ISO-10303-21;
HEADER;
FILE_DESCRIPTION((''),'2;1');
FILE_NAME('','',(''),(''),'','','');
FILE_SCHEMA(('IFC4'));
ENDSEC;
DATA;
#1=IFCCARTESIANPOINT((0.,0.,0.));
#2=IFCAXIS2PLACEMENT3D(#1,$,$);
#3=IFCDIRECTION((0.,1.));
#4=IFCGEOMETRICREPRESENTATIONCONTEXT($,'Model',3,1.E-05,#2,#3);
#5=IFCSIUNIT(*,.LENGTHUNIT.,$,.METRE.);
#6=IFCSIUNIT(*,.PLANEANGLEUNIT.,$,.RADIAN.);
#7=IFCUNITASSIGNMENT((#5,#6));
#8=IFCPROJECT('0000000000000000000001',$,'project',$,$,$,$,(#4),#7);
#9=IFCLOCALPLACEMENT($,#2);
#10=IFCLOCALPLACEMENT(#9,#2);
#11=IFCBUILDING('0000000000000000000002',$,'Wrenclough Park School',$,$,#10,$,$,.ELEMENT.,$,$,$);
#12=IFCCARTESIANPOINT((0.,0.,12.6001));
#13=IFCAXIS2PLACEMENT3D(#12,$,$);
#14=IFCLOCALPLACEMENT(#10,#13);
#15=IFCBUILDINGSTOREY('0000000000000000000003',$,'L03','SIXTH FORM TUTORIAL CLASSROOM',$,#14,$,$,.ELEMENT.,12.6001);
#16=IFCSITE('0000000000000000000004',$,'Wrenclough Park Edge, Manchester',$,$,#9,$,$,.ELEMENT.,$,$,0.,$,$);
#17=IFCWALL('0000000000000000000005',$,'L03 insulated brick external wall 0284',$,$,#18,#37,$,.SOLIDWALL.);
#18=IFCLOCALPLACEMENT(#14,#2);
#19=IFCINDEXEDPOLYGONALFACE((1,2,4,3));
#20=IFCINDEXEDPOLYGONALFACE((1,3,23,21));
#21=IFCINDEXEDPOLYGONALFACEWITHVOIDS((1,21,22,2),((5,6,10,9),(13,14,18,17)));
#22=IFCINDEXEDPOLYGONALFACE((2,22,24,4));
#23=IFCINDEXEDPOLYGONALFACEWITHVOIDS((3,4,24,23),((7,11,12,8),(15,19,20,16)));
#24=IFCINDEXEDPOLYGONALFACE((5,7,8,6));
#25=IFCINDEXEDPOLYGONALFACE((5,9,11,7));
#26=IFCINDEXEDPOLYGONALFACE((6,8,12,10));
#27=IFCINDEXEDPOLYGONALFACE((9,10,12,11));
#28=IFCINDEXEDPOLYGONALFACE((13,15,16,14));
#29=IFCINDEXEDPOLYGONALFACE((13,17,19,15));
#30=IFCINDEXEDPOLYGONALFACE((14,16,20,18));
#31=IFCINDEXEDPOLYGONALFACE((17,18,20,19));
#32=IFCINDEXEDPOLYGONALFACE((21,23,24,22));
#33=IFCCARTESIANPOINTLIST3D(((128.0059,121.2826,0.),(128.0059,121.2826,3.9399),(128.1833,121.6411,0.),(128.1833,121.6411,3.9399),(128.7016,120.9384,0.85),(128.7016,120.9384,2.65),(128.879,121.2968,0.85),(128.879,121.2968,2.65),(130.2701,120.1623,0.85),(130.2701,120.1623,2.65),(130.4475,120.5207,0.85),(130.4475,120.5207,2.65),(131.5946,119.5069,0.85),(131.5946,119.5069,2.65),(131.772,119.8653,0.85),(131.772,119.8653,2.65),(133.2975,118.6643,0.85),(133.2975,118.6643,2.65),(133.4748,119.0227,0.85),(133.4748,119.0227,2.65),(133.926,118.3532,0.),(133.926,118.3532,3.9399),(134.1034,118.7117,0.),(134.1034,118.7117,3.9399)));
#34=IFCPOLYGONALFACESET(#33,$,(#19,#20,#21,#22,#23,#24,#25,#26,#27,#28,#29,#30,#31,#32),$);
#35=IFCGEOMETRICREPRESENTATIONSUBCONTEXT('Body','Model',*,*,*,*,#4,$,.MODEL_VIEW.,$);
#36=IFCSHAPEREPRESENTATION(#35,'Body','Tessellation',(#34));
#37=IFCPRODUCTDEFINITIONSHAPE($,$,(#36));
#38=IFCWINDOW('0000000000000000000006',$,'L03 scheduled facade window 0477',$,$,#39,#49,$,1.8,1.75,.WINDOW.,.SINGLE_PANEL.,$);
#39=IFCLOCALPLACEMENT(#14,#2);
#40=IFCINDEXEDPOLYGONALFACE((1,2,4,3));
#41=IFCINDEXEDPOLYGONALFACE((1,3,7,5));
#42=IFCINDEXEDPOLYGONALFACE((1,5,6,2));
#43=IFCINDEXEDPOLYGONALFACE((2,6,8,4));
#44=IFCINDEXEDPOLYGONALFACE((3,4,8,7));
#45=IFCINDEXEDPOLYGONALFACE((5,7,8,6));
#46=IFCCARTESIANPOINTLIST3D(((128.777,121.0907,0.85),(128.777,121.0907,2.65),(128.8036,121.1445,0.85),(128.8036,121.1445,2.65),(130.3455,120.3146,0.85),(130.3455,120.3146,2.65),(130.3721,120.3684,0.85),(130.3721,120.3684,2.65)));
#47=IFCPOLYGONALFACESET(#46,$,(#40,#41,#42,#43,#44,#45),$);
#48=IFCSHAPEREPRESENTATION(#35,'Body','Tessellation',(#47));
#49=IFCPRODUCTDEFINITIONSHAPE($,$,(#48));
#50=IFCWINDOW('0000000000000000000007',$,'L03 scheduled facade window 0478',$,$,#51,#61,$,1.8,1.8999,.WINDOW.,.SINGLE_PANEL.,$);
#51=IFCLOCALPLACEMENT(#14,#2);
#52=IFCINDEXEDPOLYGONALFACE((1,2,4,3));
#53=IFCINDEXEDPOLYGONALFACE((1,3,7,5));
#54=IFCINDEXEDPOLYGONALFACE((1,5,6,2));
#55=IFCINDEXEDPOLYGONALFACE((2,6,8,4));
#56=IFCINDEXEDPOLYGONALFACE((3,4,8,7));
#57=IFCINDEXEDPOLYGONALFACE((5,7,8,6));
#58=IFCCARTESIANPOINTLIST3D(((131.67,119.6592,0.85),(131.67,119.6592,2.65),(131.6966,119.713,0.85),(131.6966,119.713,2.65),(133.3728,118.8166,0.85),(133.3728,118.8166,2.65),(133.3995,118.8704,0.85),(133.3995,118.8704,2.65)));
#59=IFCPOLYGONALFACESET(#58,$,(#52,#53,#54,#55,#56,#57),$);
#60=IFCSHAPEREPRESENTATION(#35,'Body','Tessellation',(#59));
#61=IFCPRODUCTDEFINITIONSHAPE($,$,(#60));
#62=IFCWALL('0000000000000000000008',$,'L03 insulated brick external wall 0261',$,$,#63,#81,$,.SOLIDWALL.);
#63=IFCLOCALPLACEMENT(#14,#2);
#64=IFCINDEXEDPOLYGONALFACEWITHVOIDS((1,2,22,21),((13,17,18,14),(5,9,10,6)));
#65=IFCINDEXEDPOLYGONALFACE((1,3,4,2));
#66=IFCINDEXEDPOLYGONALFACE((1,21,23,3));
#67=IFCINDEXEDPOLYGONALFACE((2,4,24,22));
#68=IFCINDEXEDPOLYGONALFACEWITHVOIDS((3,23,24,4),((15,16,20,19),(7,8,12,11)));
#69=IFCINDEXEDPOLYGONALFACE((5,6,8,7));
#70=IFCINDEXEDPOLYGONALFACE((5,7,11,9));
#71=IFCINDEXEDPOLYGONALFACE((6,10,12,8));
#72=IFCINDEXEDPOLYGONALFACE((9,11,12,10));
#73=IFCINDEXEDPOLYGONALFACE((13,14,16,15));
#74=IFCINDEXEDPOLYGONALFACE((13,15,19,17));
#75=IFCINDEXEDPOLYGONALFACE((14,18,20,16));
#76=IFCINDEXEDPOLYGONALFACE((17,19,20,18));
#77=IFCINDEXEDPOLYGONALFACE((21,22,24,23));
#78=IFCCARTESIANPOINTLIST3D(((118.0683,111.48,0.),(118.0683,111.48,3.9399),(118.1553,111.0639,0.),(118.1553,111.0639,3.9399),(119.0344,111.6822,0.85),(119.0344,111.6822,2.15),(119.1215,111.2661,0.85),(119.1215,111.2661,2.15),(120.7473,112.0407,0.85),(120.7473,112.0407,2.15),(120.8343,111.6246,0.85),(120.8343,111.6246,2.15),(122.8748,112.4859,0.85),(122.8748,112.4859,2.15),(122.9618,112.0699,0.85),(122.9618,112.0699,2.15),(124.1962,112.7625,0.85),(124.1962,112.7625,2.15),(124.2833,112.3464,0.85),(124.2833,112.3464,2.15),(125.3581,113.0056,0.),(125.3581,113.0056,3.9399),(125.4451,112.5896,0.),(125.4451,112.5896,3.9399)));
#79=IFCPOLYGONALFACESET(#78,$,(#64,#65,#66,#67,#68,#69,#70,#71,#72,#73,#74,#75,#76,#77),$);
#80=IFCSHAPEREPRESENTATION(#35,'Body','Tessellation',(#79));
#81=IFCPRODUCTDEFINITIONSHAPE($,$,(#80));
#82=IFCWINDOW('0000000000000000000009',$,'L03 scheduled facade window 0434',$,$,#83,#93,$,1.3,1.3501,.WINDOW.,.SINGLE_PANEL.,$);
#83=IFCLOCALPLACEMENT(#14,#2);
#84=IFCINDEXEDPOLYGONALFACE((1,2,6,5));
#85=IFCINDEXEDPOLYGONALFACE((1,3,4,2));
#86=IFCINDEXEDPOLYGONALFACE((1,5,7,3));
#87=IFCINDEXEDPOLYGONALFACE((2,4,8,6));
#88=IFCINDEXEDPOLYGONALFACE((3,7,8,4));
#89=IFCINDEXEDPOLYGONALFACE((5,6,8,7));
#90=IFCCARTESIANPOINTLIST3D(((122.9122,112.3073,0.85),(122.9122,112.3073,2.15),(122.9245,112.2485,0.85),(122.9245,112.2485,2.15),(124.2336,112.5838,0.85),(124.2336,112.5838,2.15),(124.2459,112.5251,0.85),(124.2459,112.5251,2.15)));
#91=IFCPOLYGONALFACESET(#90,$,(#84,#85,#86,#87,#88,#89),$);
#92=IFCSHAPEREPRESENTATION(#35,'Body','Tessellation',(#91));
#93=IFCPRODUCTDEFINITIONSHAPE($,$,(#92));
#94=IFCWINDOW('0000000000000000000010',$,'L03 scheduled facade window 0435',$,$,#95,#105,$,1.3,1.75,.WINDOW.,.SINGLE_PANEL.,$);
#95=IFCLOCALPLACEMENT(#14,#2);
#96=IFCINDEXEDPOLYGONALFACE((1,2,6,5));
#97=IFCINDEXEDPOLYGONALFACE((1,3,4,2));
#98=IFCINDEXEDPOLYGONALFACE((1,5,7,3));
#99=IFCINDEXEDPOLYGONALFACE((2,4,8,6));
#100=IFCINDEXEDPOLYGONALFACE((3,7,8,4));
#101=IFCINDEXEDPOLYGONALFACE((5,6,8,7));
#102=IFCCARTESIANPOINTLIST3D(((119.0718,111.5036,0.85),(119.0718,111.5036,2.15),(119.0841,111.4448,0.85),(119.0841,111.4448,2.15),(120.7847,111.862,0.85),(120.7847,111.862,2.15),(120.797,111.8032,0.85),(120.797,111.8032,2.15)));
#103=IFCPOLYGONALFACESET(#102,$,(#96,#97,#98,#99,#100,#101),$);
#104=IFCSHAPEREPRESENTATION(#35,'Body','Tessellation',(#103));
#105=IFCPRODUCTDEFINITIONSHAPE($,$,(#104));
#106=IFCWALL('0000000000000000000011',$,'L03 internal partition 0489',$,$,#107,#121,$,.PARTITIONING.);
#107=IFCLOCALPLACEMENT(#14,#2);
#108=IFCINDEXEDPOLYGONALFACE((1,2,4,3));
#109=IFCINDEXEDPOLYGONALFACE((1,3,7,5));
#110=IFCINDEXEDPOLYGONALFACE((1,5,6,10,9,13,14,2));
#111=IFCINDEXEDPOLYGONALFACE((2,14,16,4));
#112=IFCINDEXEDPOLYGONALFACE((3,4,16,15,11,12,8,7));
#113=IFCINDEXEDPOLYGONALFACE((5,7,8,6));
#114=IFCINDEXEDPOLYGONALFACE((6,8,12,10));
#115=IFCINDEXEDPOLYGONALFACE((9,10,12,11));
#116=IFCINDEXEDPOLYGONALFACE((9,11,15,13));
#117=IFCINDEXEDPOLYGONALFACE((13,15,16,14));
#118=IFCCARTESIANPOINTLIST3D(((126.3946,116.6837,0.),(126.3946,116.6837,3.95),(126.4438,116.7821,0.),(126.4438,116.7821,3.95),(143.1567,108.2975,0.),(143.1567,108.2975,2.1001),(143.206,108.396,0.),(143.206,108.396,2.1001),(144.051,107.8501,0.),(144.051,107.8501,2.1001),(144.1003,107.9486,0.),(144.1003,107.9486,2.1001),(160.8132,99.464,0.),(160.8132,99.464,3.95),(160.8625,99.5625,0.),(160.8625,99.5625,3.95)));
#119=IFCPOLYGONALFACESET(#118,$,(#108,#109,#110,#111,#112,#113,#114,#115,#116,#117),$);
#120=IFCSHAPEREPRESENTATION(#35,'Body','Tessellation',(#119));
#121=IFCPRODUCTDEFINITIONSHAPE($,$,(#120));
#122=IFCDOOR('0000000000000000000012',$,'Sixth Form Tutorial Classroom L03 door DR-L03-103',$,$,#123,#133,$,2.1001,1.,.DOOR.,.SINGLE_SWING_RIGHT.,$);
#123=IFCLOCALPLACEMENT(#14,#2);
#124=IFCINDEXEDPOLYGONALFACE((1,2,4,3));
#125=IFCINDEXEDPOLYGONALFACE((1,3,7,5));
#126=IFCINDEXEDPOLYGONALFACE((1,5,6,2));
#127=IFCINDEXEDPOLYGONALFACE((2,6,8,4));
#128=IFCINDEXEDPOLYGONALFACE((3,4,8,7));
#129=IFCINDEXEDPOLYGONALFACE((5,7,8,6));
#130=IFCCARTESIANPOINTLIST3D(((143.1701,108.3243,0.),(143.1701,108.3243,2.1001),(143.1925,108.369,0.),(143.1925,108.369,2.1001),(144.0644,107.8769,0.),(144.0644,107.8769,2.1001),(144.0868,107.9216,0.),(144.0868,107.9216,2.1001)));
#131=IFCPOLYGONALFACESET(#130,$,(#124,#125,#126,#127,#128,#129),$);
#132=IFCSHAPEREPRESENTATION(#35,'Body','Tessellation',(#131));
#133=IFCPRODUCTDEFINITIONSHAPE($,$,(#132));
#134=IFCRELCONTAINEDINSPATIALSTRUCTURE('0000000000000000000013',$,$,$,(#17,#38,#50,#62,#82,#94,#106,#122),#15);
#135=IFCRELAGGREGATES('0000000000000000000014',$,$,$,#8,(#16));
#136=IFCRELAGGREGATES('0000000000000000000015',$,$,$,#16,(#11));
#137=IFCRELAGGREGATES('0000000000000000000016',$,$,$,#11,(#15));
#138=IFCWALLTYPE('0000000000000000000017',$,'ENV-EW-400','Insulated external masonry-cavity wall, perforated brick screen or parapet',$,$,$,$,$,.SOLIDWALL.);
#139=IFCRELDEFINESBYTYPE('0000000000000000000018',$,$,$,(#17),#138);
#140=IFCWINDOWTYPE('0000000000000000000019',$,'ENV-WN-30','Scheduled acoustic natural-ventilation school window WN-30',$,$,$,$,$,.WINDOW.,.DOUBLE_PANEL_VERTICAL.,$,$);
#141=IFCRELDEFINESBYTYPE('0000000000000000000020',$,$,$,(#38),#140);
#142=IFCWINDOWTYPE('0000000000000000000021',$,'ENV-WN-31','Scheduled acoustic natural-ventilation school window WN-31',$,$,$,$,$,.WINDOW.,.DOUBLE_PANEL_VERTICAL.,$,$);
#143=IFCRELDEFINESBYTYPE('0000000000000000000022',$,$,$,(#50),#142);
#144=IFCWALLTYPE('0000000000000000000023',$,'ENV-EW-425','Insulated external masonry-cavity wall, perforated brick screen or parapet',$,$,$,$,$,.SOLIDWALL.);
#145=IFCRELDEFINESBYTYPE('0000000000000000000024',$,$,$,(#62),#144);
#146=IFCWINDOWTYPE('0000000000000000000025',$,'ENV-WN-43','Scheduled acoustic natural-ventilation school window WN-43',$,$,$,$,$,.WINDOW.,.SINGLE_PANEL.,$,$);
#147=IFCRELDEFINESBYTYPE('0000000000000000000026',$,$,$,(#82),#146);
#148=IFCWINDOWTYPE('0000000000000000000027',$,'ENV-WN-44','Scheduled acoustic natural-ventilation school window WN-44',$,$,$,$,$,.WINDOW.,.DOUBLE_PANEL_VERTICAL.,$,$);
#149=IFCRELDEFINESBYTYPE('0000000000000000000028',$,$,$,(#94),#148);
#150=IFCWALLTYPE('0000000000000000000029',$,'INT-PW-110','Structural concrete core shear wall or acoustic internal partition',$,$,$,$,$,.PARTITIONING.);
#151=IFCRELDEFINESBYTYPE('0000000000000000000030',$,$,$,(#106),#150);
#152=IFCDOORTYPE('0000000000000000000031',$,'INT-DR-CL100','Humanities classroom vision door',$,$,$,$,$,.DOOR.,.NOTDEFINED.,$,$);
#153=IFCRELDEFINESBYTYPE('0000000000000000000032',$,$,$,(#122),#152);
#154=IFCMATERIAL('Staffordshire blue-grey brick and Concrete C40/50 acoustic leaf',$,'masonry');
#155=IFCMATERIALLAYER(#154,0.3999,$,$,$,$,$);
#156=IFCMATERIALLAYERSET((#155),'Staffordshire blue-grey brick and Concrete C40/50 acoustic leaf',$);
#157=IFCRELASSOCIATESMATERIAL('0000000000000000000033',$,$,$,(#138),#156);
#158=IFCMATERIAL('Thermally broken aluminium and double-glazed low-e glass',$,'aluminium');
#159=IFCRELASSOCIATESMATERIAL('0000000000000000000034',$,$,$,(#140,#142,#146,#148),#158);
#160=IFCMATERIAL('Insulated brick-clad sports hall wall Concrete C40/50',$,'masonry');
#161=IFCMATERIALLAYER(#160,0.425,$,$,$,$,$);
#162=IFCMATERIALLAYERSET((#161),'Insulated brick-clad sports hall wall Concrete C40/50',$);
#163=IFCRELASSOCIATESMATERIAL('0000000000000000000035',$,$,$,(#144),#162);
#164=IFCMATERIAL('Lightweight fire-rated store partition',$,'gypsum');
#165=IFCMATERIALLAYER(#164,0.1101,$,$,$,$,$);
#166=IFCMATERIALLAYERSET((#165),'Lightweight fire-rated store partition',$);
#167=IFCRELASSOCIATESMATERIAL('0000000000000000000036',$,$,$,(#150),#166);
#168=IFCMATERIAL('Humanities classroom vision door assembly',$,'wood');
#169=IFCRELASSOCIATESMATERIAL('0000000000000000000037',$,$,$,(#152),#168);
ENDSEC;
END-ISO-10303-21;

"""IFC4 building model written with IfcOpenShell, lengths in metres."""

from ifc_helpers import new_model, si_unit, direction, frame, frame_2d, origin, place, context, subcontext, project, spatial, rectangle, extrude, material, layer, layer_set, type_object, element, fill, save


model = new_model("IFC4")

# Units and contexts
model_context = context("Model", 3, precision=1e-05, world=origin(), true_north=direction((0.0, 1.0)))
body_context = subcontext(model_context, "Body", "Model", "MODEL_VIEW")
ifc_project = project(units=[si_unit("LENGTHUNIT", "METRE"), si_unit("PLANEANGLEUNIT", "RADIAN")], contexts=[model_context])

# Site, building, storey
site_placement = place(None, origin())
site = spatial("IfcSite", under=ifc_project, at=site_placement, Name="Wrenclough Park Edge, Manchester", CompositionType="ELEMENT", RefElevation=0.0)
building_placement = place(site_placement, origin())
building = spatial("IfcBuilding", under=site, at=building_placement, Name="Wrenclough Park School", CompositionType="ELEMENT")
storey_placement = place(building_placement, frame((0.0, 0.0, 12.6001)))
storey = spatial("IfcBuildingStorey", under=building, at=storey_placement, Name="L03", Description="SIXTH FORM TUTORIAL CLASSROOM", CompositionType="ELEMENT", Elevation=12.6001)

# Shared definitions
ifc_material_1 = material(Name="Thermally broken aluminium and double-glazed low-e glass", Category="aluminium")

# Walls, openings, windows
ifc_material_2 = material(Name="Staffordshire blue-grey brick and Concrete C40/50 acoustic leaf", Category="masonry")
ifc_layer_1 = layer(ifc_material_2, 0.3999)
ifc_layer_set_1 = layer_set([ifc_layer_1], Name="Staffordshire blue-grey brick and Concrete C40/50 acoustic leaf")
wall_type_1 = type_object("IfcWallType", Name="ENV-EW-400", Description="Insulated external masonry-cavity wall, perforated brick screen or parapet", PredefinedType="SOLIDWALL", material=ifc_layer_set_1)
wall_1_placement = place(storey_placement, frame((128.0945, 121.4619, 0.0), z_axis=(0.0, 0.0, 1.0), x_axis=(0.896275, -0.443499, 0.0)))
wall_1 = element("IfcWall", 1, at=wall_1_placement, inside=storey, type_object=wall_type_1, Name="L03 insulated brick external wall 0284", PredefinedType="SOLIDWALL", context=body_context, shape_type="SweptSolid", body=[
    extrude(rectangle(XDim=6.6052, YDim=0.3999, at=frame_2d((3.3027, 0.0))), origin(), (0.0, 0.0, 1.0), 3.9399),
])
opening_1_placement = place(wall_1_placement, frame((0.7764, 0.0, 0.8501)))
opening_1 = element("IfcOpeningElement", 2, at=opening_1_placement, cuts=wall_1, PredefinedType="OPENING", context=body_context, shape_type="SweptSolid", body=[
    extrude(rectangle(XDim=1.75, YDim=1.8, at=frame_2d((0.875, 0.8999))), frame((0.0, 0.21, 0.0), z_axis=(0.0, -1.0, 0.0), x_axis=(1.0, 0.0, 0.0)), (0.0, 0.0, 1.0), 0.4199),
])
opening_2_placement = place(wall_1_placement, frame((4.0042, 0.0, 0.8501)))
opening_2 = element("IfcOpeningElement", 3, at=opening_2_placement, cuts=wall_1, PredefinedType="OPENING", context=body_context, shape_type="SweptSolid", body=[
    extrude(rectangle(XDim=1.8999, YDim=1.8, at=frame_2d((0.95, 0.8999))), frame((0.0, 0.21, 0.0), z_axis=(0.0, -1.0, 0.0), x_axis=(1.0, 0.0, 0.0)), (0.0, 0.0, 1.0), 0.4199),
])
window_type_1 = type_object("IfcWindowType", Name="ENV-WN-30", Description="Scheduled acoustic natural-ventilation school window WN-30", PartitioningType="DOUBLE_PANEL_VERTICAL", PredefinedType="WINDOW", material=ifc_material_1)
window_1_placement = place(opening_1_placement, origin())
window_1 = element("IfcWindow", 4, at=window_1_placement, inside=storey, type_object=window_type_1, Name="L03 scheduled facade window 0477", OverallHeight=1.8, OverallWidth=1.75, PartitioningType="SINGLE_PANEL", PredefinedType="WINDOW", context=body_context, shape_type="SweptSolid", body=[
    extrude(rectangle(XDim=1.75, YDim=1.8, at=frame_2d((0.875, 0.8999))), frame((0.0, 0.03, 0.0), z_axis=(0.0, -1.0, 0.0), x_axis=(1.0, 0.0, 0.0)), (0.0, 0.0, 1.0), 0.0601),
])
fill(opening_1, window_1)
window_type_2 = type_object("IfcWindowType", Name="ENV-WN-31", Description="Scheduled acoustic natural-ventilation school window WN-31", PartitioningType="DOUBLE_PANEL_VERTICAL", PredefinedType="WINDOW", material=ifc_material_1)
window_2_placement = place(opening_2_placement, origin())
window_2 = element("IfcWindow", 5, at=window_2_placement, inside=storey, type_object=window_type_2, Name="L03 scheduled facade window 0478", OverallHeight=1.8, OverallWidth=1.8999, PartitioningType="SINGLE_PANEL", PredefinedType="WINDOW", context=body_context, shape_type="SweptSolid", body=[
    extrude(rectangle(XDim=1.8999, YDim=1.8, at=frame_2d((0.95, 0.8999))), frame((0.0, 0.03, 0.0), z_axis=(0.0, -1.0, 0.0), x_axis=(1.0, 0.0, 0.0)), (0.0, 0.0, 1.0), 0.0601),
])
fill(opening_2, window_2)
ifc_material_3 = material(Name="Insulated brick-clad sports hall wall Concrete C40/50", Category="masonry")
ifc_layer_2 = layer(ifc_material_3, 0.425)
ifc_layer_set_2 = layer_set([ifc_layer_2], Name="Insulated brick-clad sports hall wall Concrete C40/50")
wall_type_2 = type_object("IfcWallType", Name="ENV-EW-425", Description="Insulated external masonry-cavity wall, perforated brick screen or parapet", PredefinedType="SOLIDWALL", material=ifc_layer_set_2)
wall_2_placement = place(storey_placement, frame((125.4016, 112.7976, 0.0), z_axis=(0.0, 0.0, 1.0), x_axis=(-0.978794, -0.204846, 0.0)))
wall_2 = element("IfcWall", 6, at=wall_2_placement, inside=storey, type_object=wall_type_2, Name="L03 insulated brick external wall 0261", PredefinedType="SOLIDWALL", context=body_context, shape_type="SweptSolid", body=[
    extrude(rectangle(XDim=7.4478, YDim=0.425, at=frame_2d((3.7239, 0.0))), origin(), (0.0, 0.0, 1.0), 3.9399),
])
opening_3_placement = place(wall_2_placement, frame((1.187, 0.0, 0.8501)))
opening_3 = element("IfcOpeningElement", 7, at=opening_3_placement, cuts=wall_2, PredefinedType="OPENING", context=body_context, shape_type="SweptSolid", body=[
    extrude(rectangle(XDim=1.3501, YDim=1.3, at=frame_2d((0.675, 0.6499))), frame((0.0, 0.2224, 0.0), z_axis=(0.0, -1.0, 0.0), x_axis=(1.0, 0.0, 0.0)), (0.0, 0.0, 1.0), 0.4451),
])
opening_4_placement = place(wall_2_placement, frame((4.7107, 0.0, 0.8501)))
opening_4 = element("IfcOpeningElement", 8, at=opening_4_placement, cuts=wall_2, PredefinedType="OPENING", context=body_context, shape_type="SweptSolid", body=[
    extrude(rectangle(XDim=1.75, YDim=1.3, at=frame_2d((0.875, 0.6499))), frame((0.0, 0.2224, 0.0), z_axis=(0.0, -1.0, 0.0), x_axis=(1.0, 0.0, 0.0)), (0.0, 0.0, 1.0), 0.4451),
])
window_type_3 = type_object("IfcWindowType", Name="ENV-WN-43", Description="Scheduled acoustic natural-ventilation school window WN-43", PartitioningType="SINGLE_PANEL", PredefinedType="WINDOW", material=ifc_material_1)
window_3_placement = place(opening_3_placement, origin())
window_3 = element("IfcWindow", 9, at=window_3_placement, inside=storey, type_object=window_type_3, Name="L03 scheduled facade window 0434", OverallHeight=1.3, OverallWidth=1.3501, PartitioningType="SINGLE_PANEL", PredefinedType="WINDOW", context=body_context, shape_type="SweptSolid", body=[
    extrude(rectangle(XDim=1.3501, YDim=1.3, at=frame_2d((0.675, 0.6499))), frame((0.0, 0.03, 0.0), z_axis=(0.0, -1.0, 0.0), x_axis=(1.0, 0.0, 0.0)), (0.0, 0.0, 1.0), 0.0601),
])
fill(opening_3, window_3)
window_type_4 = type_object("IfcWindowType", Name="ENV-WN-44", Description="Scheduled acoustic natural-ventilation school window WN-44", PartitioningType="DOUBLE_PANEL_VERTICAL", PredefinedType="WINDOW", material=ifc_material_1)
window_4_placement = place(opening_4_placement, origin())
window_4 = element("IfcWindow", 10, at=window_4_placement, inside=storey, type_object=window_type_4, Name="L03 scheduled facade window 0435", OverallHeight=1.3, OverallWidth=1.75, PartitioningType="SINGLE_PANEL", PredefinedType="WINDOW", context=body_context, shape_type="SweptSolid", body=[
    extrude(rectangle(XDim=1.75, YDim=1.3, at=frame_2d((0.875, 0.6499))), frame((0.0, 0.03, 0.0), z_axis=(0.0, -1.0, 0.0), x_axis=(1.0, 0.0, 0.0)), (0.0, 0.0, 1.0), 0.0601),
])
fill(opening_4, window_4)

# Wall, opening, door
ifc_material_4 = material(Name="Lightweight fire-rated store partition", Category="gypsum")
ifc_layer_3 = layer(ifc_material_4, 0.1101)
ifc_layer_set_3 = layer_set([ifc_layer_3], Name="Lightweight fire-rated store partition")
wall_type_3 = type_object("IfcWallType", Name="INT-PW-110", Description="Structural concrete core shear wall or acoustic internal partition", PredefinedType="PARTITIONING", material=ifc_layer_set_3)
wall_3_placement = place(storey_placement, frame((126.4192, 116.7329, 0.0), z_axis=(0.0, 0.0, 1.0), x_axis=(0.894319, -0.447429, 0.0)))
wall_3 = element("IfcWall", 11, at=wall_3_placement, inside=storey, type_object=wall_type_3, Name="L03 internal partition 0489", PredefinedType="PARTITIONING", context=body_context, shape_type="SweptSolid", body=[
    extrude(rectangle(XDim=38.4858, YDim=0.1101, at=frame_2d((19.2429, 0.0))), origin(), (0.0, 0.0, 1.0), 3.95),
])
opening_5_placement = place(wall_3_placement, frame((18.7429, 0.0, 0.0)))
opening_5 = element("IfcOpeningElement", 12, at=opening_5_placement, cuts=wall_3, PredefinedType="OPENING", context=body_context, shape_type="SweptSolid", body=[
    extrude(rectangle(XDim=1.0, YDim=2.1001, at=frame_2d((0.5, 1.05))), frame((0.0, 0.0649, 0.0), z_axis=(0.0, -1.0, 0.0), x_axis=(1.0, 0.0, 0.0)), (0.0, 0.0, 1.0), 0.1301),
])
ifc_material_5 = material(Name="Humanities classroom vision door assembly", Category="wood")
door_type = type_object("IfcDoorType", Name="INT-DR-CL100", Description="Humanities classroom vision door", OperationType="NOTDEFINED", PredefinedType="DOOR", material=ifc_material_5)
door_placement = place(opening_5_placement, origin())
door = element("IfcDoor", 13, at=door_placement, inside=storey, type_object=door_type, Name="Sixth Form Tutorial Classroom L03 door DR-L03-103", OperationType="SINGLE_SWING_RIGHT", OverallHeight=2.1001, OverallWidth=1.0, PredefinedType="DOOR", context=body_context, shape_type="SweptSolid", body=[
    extrude(rectangle(XDim=1.0, YDim=2.1001, at=frame_2d((0.5, 1.05))), frame((0.0, 0.0249, 0.0), z_axis=(0.0, -1.0, 0.0), x_axis=(1.0, 0.0, 0.0)), (0.0, 0.0, 1.0), 0.05),
])
fill(opening_5, door)

save(model, "model.ifc")
